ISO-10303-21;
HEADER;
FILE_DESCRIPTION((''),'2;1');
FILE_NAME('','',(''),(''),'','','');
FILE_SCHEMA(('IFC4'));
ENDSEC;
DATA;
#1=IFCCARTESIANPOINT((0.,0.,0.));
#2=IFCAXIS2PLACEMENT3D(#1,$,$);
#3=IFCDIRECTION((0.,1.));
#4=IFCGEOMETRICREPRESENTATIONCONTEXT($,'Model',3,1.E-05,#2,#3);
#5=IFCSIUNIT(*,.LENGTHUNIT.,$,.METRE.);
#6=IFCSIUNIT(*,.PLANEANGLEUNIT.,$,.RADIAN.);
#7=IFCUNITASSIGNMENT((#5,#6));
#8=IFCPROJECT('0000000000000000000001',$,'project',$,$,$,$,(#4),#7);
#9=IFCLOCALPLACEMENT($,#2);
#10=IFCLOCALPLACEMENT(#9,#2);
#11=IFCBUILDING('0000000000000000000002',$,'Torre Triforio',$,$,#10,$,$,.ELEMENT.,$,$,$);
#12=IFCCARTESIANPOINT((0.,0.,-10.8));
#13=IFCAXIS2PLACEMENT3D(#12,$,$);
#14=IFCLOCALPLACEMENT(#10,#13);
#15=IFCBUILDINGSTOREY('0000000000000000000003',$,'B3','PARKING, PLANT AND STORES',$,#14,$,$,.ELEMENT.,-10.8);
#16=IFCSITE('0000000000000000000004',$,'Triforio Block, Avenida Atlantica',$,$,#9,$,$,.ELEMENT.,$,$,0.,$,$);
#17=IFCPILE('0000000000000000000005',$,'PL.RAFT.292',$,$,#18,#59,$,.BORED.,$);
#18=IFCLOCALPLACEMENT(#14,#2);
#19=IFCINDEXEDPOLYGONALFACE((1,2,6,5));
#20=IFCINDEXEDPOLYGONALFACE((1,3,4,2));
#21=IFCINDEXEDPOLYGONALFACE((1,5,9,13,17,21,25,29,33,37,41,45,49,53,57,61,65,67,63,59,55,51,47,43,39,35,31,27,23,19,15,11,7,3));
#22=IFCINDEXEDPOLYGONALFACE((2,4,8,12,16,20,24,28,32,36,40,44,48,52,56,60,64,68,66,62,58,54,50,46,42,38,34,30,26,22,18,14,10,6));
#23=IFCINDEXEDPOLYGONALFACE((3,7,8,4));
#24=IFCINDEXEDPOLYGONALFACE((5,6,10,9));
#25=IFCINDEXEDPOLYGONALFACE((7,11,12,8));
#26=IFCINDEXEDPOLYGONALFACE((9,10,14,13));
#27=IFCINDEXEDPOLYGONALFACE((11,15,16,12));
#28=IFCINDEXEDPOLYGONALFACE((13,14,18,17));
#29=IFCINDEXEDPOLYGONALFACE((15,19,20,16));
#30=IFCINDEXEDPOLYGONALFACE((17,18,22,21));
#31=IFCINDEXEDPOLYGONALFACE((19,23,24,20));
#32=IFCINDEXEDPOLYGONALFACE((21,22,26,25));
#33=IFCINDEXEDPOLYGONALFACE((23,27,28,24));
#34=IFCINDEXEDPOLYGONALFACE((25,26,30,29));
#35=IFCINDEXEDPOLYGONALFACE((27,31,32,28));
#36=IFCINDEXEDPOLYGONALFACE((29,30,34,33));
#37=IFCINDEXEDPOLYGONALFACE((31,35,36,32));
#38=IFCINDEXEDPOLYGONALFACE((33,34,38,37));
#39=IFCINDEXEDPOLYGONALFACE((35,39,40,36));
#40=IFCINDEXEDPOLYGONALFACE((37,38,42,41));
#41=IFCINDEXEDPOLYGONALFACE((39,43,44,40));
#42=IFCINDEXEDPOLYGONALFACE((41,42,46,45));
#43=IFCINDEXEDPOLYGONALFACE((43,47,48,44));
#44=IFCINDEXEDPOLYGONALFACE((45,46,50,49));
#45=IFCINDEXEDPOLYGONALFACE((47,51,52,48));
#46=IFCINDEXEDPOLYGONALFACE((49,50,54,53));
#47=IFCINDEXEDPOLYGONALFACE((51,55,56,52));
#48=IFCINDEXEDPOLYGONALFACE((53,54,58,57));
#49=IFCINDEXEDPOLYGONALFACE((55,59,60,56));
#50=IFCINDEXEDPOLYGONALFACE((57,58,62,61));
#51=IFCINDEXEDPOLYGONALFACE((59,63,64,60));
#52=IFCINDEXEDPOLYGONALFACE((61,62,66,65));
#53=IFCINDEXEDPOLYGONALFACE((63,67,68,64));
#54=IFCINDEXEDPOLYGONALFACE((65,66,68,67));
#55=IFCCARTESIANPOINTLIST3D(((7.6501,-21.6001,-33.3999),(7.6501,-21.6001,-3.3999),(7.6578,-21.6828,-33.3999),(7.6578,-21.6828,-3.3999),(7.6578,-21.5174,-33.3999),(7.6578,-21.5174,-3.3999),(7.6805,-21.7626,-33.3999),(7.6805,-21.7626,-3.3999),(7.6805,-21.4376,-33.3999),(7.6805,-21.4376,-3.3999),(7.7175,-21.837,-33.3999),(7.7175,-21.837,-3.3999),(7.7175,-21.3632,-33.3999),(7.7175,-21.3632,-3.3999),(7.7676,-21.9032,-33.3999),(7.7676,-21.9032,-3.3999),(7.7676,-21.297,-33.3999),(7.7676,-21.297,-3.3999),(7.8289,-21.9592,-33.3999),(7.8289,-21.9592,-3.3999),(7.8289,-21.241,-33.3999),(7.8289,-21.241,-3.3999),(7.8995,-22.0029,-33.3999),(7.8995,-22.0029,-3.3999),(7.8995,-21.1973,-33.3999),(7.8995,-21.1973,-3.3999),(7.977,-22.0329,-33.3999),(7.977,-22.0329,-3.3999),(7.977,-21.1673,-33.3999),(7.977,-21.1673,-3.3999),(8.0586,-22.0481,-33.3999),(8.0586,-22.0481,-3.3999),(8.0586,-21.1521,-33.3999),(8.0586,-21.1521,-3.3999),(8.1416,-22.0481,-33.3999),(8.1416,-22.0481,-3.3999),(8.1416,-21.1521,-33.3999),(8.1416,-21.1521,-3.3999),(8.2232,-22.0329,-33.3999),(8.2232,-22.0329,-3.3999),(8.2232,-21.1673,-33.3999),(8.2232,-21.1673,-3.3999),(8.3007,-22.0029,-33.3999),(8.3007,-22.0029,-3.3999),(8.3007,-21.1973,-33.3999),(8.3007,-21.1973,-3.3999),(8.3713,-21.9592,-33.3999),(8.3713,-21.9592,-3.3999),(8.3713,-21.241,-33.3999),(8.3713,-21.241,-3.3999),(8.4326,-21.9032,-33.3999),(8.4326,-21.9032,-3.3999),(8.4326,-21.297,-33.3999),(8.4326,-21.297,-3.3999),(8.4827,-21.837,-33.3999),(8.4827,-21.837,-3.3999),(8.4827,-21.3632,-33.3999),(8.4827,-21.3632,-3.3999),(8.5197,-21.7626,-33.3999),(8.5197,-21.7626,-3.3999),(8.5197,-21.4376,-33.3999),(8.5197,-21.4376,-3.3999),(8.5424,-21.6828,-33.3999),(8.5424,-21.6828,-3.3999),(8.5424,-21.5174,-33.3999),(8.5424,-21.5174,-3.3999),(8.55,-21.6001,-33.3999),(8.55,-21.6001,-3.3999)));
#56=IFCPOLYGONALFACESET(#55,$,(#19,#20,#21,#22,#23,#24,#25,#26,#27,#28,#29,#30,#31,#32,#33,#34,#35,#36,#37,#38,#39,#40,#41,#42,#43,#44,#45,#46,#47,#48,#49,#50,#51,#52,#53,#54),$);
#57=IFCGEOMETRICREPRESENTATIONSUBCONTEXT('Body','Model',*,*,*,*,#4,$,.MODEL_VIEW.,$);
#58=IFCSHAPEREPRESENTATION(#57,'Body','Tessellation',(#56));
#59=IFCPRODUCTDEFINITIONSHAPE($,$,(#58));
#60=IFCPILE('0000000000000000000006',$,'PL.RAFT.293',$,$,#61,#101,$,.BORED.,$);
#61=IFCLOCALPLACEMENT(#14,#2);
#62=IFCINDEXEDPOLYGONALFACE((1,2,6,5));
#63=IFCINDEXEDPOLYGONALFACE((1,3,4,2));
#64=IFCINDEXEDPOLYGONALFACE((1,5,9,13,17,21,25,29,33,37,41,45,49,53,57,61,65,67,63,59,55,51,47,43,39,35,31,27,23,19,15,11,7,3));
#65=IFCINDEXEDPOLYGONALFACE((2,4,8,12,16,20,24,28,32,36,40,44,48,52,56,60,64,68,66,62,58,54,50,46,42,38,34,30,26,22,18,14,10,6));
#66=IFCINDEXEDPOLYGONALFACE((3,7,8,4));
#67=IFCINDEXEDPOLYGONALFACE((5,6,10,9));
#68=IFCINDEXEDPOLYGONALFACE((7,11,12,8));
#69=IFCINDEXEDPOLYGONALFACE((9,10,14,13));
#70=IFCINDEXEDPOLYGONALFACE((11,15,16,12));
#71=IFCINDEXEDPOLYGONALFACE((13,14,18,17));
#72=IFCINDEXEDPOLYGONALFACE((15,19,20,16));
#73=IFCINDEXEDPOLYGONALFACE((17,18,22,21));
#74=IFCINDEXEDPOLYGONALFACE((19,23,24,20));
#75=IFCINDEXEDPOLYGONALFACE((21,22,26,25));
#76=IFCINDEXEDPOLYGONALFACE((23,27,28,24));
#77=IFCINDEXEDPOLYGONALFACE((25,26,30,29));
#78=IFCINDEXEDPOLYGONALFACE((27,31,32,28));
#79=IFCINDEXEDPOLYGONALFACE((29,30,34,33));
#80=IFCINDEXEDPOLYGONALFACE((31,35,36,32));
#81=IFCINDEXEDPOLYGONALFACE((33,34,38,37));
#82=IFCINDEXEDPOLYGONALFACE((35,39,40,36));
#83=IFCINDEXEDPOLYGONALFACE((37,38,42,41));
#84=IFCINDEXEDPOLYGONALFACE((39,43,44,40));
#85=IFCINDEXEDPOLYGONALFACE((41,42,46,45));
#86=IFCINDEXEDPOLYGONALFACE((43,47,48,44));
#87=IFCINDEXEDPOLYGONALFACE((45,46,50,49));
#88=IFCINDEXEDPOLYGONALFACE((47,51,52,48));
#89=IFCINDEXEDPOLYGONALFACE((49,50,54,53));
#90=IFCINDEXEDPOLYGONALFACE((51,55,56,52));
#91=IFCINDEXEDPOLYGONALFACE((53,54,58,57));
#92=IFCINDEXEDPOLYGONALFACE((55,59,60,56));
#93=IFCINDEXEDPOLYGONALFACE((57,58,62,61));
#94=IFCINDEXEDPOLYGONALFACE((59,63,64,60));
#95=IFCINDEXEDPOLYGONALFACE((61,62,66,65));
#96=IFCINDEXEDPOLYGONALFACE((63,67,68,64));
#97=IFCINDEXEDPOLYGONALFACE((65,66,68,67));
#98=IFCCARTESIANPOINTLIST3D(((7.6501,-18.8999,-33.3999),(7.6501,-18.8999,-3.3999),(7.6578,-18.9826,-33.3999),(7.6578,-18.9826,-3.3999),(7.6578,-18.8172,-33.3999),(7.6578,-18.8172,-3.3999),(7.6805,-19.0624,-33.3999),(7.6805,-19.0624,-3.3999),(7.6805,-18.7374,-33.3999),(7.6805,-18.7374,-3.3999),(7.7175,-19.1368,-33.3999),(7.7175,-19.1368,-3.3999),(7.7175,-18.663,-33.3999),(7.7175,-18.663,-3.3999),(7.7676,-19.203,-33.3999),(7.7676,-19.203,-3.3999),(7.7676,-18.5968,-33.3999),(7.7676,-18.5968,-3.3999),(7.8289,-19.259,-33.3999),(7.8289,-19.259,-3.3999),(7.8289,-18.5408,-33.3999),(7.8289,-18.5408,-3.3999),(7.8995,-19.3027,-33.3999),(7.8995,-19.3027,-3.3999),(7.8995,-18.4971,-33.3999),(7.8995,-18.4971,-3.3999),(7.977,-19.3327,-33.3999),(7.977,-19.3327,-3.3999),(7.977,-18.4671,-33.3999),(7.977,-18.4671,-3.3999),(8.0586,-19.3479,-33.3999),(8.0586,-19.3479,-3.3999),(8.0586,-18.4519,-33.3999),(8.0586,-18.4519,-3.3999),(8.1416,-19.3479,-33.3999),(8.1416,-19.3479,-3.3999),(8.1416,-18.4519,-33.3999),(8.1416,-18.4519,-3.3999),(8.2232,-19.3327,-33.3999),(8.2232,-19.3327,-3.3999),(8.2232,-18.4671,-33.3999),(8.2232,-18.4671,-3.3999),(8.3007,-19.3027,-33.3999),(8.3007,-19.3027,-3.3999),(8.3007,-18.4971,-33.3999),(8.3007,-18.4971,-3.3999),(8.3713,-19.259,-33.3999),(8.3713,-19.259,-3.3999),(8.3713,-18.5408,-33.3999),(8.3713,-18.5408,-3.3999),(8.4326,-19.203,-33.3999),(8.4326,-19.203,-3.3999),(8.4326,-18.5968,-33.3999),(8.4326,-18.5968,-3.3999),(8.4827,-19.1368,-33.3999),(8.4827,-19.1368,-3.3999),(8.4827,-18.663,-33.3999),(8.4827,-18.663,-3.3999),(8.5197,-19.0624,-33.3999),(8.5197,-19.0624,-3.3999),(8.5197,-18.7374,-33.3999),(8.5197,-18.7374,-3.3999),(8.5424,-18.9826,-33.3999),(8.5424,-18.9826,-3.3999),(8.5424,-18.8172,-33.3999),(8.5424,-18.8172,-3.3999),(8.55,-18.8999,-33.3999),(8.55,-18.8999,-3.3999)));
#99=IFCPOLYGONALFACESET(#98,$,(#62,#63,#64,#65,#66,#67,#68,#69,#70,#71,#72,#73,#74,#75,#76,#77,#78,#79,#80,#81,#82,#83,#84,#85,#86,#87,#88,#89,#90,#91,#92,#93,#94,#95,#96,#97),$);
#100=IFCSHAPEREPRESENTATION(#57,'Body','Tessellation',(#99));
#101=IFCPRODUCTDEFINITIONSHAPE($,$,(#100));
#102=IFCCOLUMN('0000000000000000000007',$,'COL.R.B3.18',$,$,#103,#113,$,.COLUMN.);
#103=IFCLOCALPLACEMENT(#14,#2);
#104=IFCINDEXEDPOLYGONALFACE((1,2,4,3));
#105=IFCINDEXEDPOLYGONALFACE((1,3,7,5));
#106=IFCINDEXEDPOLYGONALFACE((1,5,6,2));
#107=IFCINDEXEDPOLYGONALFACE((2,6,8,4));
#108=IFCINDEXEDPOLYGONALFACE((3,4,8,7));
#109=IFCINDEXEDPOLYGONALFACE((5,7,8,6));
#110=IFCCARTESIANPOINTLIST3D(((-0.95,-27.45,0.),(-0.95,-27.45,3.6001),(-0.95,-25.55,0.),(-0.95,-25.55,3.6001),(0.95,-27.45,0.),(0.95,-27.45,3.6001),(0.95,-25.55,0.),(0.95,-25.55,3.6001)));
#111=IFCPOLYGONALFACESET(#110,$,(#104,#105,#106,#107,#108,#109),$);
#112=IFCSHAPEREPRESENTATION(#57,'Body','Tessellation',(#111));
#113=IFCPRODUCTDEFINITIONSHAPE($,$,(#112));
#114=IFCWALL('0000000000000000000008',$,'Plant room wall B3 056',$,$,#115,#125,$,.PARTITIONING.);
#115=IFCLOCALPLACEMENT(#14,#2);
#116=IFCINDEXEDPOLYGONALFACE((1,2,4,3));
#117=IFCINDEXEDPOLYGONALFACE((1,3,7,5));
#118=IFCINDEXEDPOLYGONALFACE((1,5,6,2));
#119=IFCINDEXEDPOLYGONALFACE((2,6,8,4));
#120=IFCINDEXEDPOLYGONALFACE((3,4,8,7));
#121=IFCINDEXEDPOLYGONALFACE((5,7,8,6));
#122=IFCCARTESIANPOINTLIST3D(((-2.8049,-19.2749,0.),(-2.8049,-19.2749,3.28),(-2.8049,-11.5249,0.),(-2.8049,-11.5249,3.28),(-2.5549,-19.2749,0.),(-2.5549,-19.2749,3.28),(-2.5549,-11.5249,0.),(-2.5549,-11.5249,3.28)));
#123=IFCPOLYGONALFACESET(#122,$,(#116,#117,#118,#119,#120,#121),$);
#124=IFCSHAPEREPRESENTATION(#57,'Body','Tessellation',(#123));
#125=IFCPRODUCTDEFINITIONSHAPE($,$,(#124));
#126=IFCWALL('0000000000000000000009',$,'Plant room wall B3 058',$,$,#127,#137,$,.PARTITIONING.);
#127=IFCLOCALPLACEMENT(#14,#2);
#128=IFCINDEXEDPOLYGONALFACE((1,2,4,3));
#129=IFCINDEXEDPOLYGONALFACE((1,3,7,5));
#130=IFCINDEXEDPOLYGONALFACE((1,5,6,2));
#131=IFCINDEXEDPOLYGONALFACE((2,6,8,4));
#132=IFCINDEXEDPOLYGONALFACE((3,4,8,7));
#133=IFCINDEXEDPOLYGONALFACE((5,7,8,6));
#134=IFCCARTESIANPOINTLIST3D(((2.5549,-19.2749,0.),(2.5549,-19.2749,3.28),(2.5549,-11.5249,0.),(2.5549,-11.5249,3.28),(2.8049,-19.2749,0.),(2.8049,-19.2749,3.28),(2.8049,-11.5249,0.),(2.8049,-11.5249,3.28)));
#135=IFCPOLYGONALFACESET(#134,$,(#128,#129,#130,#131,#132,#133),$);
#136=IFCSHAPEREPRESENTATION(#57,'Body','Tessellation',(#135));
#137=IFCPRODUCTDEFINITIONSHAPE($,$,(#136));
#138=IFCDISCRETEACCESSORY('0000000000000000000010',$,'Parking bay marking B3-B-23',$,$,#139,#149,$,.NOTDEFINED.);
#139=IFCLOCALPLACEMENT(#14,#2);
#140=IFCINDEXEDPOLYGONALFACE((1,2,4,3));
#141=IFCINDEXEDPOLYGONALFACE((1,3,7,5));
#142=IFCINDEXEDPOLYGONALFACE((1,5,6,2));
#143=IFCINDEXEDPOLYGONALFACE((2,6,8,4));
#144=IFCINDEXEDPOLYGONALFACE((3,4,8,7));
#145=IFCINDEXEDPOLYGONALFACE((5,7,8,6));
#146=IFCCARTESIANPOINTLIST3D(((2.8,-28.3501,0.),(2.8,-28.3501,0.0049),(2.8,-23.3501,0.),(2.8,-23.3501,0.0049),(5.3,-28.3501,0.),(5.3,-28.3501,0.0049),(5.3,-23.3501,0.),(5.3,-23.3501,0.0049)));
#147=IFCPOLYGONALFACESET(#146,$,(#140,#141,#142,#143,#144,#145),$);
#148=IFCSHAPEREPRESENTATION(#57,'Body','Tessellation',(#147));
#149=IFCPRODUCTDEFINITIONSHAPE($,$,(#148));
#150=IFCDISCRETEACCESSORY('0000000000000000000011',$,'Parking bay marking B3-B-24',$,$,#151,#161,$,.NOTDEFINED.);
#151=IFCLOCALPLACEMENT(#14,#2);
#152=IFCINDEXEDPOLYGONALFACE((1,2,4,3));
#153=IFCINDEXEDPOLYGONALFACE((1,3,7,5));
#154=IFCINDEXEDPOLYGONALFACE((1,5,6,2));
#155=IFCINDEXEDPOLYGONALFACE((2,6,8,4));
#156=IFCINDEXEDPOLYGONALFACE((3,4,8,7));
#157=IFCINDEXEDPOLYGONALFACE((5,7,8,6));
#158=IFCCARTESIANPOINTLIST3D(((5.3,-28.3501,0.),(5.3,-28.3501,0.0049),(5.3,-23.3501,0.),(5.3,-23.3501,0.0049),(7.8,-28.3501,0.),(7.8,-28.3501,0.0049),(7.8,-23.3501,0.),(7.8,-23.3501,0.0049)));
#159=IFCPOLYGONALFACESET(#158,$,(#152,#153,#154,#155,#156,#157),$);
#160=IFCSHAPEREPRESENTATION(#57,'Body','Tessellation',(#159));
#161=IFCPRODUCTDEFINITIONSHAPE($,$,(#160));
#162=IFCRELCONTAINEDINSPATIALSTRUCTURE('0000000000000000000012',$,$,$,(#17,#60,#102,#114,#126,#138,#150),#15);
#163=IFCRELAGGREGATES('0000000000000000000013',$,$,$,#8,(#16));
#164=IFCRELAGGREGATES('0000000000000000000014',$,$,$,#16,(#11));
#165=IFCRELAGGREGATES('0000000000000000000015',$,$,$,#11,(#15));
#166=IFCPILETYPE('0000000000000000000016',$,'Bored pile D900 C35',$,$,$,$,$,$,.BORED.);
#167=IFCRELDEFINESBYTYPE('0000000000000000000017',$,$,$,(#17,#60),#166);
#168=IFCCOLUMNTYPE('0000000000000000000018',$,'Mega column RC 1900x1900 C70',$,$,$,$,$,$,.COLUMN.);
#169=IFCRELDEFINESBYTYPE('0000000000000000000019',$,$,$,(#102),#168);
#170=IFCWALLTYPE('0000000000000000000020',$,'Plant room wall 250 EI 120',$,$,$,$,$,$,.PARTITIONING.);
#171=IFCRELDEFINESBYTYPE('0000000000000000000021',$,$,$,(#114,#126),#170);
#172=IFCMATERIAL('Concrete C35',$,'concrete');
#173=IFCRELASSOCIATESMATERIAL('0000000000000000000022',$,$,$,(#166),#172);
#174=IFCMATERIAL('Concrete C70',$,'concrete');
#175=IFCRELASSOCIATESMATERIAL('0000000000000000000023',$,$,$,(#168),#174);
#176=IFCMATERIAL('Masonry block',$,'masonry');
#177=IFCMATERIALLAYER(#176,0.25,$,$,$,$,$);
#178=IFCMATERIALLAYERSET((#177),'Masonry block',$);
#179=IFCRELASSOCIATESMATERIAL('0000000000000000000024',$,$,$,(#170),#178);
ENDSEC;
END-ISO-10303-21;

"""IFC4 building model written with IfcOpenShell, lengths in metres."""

from ifc_helpers import new_model, si_unit, direction, frame, frame_2d, origin, origin_2d, place, context, subcontext, project, spatial, rectangle, circle, extrude, material, layer, layer_set, material_profile, profile_set, type_object, element, save


model = new_model("IFC4")

# Units and contexts
model_context = context("Model", 3, precision=1e-05, world=origin(), true_north=direction((0.0, 1.0)))
body_context = subcontext(model_context, "Body", "Model", "MODEL_VIEW")
ifc_project = project(units=[si_unit("LENGTHUNIT", "METRE"), si_unit("PLANEANGLEUNIT", "RADIAN")], contexts=[model_context])

# Site, building, storey
site_placement = place(None, origin())
site = spatial("IfcSite", under=ifc_project, at=site_placement, Name="Triforio Block, Avenida Atlantica", CompositionType="ELEMENT", RefElevation=0.0)
building_placement = place(site_placement, origin())
building = spatial("IfcBuilding", under=site, at=building_placement, Name="Torre Triforio", CompositionType="ELEMENT")
storey_placement = place(building_placement, frame((0.0, 0.0, -10.8)))
storey = spatial("IfcBuildingStorey", under=building, at=storey_placement, Name="B3", Description="PARKING, PLANT AND STORES", CompositionType="ELEMENT", Elevation=-10.8)

# Piles
ifc_material_1 = material(Name="Concrete C35", Category="concrete")
ifc_material_profile_1 = material_profile(ifc_material_1, circle(Radius=0.45, at=origin_2d()), Name="RC D900")
ifc_profile_set_1 = profile_set([ifc_material_profile_1], Name="Concrete C35")
pile_type = type_object("IfcPileType", Name="Bored pile D900 C35", PredefinedType="BORED", material=ifc_profile_set_1)
for number, where, z_axis, x_axis, name in (
    (1, (8.1001, -21.6001, -3.3999), (0.0, 0.0, -1.0), (1.0, 0.0, 0.0), "PL.RAFT.292"),
    (2, (8.1001, -18.8999, -3.3999), (0.0, 0.0, -1.0), (1.0, 0.0, 0.0), "PL.RAFT.293"),
):
    element("IfcPile", number, at=place(storey_placement, frame(where, z_axis=z_axis, x_axis=x_axis)), inside=storey, type_object=pile_type, Name=name, PredefinedType="BORED", context=body_context, shape_type="SweptSolid", body=[
        extrude(circle(Radius=0.45, at=origin_2d()), origin(), (0.0, 0.0, 1.0), 30.0),
    ])

# Column
ifc_material_2 = material(Name="Concrete C70", Category="concrete")
ifc_material_profile_2 = material_profile(ifc_material_2, rectangle(XDim=1.8999, YDim=1.8999, at=origin_2d()), Name="RC 1900x1900")
ifc_profile_set_2 = profile_set([ifc_material_profile_2], Name="Concrete C70")
column_type = type_object("IfcColumnType", Name="Mega column RC 1900x1900 C70", PredefinedType="COLUMN", material=ifc_profile_set_2)
column_placement = place(storey_placement, frame((0.0, -26.5, 0.0), z_axis=(0.0, 0.0, 1.0), x_axis=(1.0, 0.0, 0.0)))
element("IfcColumn", 3, at=column_placement, inside=storey, type_object=column_type, Name="COL.R.B3.18", PredefinedType="COLUMN", context=body_context, shape_type="SweptSolid", body=[
    extrude(rectangle(XDim=1.8999, YDim=1.8999, at=origin_2d()), origin(), (0.0, 0.0, 1.0), 3.6001),
])

# Walls
ifc_material_3 = material(Name="Masonry block", Category="masonry")
ifc_layer = layer(ifc_material_3, 0.25)
ifc_layer_set = layer_set([ifc_layer], Name="Masonry block")
wall_type = type_object("IfcWallType", Name="Plant room wall 250 EI 120", PredefinedType="PARTITIONING", material=ifc_layer_set)
for number, where, z_axis, x_axis, name in (
    (4, (-2.6799, -19.2749, 0.0), (0.0, 0.0, 1.0), (0.0, 1.0, 0.0), "Plant room wall B3 056"),
    (5, (2.6799, -19.2749, 0.0), (0.0, 0.0, 1.0), (0.0, 1.0, 0.0), "Plant room wall B3 058"),
):
    element("IfcWall", number, at=place(storey_placement, frame(where, z_axis=z_axis, x_axis=x_axis)), inside=storey, type_object=wall_type, Name=name, PredefinedType="PARTITIONING", context=body_context, shape_type="SweptSolid", body=[
        extrude(rectangle(XDim=7.75, YDim=0.25, at=frame_2d((3.875, 0.0))), origin(), (0.0, 0.0, 1.0), 3.28),
    ])

# Discrete accessories
for number, where, z_axis, x_axis, name in (
    (6, (4.05, -25.8501, 0.0), (0.0, 0.0, 1.0), (1.0, 0.0, 0.0), "Parking bay marking B3-B-23"),
    (7, (6.55, -25.8501, 0.0), (0.0, 0.0, 1.0), (1.0, 0.0, 0.0), "Parking bay marking B3-B-24"),
):
    element("IfcDiscreteAccessory", number, at=place(storey_placement, frame(where, z_axis=z_axis, x_axis=x_axis)), inside=storey, Name=name, PredefinedType="NOTDEFINED", context=body_context, shape_type="SweptSolid", body=[
        extrude(rectangle(XDim=2.5, YDim=5.0, at=origin_2d()), origin(), (0.0, 0.0, 1.0), 0.0049),
    ])

save(model, "model.ifc")
